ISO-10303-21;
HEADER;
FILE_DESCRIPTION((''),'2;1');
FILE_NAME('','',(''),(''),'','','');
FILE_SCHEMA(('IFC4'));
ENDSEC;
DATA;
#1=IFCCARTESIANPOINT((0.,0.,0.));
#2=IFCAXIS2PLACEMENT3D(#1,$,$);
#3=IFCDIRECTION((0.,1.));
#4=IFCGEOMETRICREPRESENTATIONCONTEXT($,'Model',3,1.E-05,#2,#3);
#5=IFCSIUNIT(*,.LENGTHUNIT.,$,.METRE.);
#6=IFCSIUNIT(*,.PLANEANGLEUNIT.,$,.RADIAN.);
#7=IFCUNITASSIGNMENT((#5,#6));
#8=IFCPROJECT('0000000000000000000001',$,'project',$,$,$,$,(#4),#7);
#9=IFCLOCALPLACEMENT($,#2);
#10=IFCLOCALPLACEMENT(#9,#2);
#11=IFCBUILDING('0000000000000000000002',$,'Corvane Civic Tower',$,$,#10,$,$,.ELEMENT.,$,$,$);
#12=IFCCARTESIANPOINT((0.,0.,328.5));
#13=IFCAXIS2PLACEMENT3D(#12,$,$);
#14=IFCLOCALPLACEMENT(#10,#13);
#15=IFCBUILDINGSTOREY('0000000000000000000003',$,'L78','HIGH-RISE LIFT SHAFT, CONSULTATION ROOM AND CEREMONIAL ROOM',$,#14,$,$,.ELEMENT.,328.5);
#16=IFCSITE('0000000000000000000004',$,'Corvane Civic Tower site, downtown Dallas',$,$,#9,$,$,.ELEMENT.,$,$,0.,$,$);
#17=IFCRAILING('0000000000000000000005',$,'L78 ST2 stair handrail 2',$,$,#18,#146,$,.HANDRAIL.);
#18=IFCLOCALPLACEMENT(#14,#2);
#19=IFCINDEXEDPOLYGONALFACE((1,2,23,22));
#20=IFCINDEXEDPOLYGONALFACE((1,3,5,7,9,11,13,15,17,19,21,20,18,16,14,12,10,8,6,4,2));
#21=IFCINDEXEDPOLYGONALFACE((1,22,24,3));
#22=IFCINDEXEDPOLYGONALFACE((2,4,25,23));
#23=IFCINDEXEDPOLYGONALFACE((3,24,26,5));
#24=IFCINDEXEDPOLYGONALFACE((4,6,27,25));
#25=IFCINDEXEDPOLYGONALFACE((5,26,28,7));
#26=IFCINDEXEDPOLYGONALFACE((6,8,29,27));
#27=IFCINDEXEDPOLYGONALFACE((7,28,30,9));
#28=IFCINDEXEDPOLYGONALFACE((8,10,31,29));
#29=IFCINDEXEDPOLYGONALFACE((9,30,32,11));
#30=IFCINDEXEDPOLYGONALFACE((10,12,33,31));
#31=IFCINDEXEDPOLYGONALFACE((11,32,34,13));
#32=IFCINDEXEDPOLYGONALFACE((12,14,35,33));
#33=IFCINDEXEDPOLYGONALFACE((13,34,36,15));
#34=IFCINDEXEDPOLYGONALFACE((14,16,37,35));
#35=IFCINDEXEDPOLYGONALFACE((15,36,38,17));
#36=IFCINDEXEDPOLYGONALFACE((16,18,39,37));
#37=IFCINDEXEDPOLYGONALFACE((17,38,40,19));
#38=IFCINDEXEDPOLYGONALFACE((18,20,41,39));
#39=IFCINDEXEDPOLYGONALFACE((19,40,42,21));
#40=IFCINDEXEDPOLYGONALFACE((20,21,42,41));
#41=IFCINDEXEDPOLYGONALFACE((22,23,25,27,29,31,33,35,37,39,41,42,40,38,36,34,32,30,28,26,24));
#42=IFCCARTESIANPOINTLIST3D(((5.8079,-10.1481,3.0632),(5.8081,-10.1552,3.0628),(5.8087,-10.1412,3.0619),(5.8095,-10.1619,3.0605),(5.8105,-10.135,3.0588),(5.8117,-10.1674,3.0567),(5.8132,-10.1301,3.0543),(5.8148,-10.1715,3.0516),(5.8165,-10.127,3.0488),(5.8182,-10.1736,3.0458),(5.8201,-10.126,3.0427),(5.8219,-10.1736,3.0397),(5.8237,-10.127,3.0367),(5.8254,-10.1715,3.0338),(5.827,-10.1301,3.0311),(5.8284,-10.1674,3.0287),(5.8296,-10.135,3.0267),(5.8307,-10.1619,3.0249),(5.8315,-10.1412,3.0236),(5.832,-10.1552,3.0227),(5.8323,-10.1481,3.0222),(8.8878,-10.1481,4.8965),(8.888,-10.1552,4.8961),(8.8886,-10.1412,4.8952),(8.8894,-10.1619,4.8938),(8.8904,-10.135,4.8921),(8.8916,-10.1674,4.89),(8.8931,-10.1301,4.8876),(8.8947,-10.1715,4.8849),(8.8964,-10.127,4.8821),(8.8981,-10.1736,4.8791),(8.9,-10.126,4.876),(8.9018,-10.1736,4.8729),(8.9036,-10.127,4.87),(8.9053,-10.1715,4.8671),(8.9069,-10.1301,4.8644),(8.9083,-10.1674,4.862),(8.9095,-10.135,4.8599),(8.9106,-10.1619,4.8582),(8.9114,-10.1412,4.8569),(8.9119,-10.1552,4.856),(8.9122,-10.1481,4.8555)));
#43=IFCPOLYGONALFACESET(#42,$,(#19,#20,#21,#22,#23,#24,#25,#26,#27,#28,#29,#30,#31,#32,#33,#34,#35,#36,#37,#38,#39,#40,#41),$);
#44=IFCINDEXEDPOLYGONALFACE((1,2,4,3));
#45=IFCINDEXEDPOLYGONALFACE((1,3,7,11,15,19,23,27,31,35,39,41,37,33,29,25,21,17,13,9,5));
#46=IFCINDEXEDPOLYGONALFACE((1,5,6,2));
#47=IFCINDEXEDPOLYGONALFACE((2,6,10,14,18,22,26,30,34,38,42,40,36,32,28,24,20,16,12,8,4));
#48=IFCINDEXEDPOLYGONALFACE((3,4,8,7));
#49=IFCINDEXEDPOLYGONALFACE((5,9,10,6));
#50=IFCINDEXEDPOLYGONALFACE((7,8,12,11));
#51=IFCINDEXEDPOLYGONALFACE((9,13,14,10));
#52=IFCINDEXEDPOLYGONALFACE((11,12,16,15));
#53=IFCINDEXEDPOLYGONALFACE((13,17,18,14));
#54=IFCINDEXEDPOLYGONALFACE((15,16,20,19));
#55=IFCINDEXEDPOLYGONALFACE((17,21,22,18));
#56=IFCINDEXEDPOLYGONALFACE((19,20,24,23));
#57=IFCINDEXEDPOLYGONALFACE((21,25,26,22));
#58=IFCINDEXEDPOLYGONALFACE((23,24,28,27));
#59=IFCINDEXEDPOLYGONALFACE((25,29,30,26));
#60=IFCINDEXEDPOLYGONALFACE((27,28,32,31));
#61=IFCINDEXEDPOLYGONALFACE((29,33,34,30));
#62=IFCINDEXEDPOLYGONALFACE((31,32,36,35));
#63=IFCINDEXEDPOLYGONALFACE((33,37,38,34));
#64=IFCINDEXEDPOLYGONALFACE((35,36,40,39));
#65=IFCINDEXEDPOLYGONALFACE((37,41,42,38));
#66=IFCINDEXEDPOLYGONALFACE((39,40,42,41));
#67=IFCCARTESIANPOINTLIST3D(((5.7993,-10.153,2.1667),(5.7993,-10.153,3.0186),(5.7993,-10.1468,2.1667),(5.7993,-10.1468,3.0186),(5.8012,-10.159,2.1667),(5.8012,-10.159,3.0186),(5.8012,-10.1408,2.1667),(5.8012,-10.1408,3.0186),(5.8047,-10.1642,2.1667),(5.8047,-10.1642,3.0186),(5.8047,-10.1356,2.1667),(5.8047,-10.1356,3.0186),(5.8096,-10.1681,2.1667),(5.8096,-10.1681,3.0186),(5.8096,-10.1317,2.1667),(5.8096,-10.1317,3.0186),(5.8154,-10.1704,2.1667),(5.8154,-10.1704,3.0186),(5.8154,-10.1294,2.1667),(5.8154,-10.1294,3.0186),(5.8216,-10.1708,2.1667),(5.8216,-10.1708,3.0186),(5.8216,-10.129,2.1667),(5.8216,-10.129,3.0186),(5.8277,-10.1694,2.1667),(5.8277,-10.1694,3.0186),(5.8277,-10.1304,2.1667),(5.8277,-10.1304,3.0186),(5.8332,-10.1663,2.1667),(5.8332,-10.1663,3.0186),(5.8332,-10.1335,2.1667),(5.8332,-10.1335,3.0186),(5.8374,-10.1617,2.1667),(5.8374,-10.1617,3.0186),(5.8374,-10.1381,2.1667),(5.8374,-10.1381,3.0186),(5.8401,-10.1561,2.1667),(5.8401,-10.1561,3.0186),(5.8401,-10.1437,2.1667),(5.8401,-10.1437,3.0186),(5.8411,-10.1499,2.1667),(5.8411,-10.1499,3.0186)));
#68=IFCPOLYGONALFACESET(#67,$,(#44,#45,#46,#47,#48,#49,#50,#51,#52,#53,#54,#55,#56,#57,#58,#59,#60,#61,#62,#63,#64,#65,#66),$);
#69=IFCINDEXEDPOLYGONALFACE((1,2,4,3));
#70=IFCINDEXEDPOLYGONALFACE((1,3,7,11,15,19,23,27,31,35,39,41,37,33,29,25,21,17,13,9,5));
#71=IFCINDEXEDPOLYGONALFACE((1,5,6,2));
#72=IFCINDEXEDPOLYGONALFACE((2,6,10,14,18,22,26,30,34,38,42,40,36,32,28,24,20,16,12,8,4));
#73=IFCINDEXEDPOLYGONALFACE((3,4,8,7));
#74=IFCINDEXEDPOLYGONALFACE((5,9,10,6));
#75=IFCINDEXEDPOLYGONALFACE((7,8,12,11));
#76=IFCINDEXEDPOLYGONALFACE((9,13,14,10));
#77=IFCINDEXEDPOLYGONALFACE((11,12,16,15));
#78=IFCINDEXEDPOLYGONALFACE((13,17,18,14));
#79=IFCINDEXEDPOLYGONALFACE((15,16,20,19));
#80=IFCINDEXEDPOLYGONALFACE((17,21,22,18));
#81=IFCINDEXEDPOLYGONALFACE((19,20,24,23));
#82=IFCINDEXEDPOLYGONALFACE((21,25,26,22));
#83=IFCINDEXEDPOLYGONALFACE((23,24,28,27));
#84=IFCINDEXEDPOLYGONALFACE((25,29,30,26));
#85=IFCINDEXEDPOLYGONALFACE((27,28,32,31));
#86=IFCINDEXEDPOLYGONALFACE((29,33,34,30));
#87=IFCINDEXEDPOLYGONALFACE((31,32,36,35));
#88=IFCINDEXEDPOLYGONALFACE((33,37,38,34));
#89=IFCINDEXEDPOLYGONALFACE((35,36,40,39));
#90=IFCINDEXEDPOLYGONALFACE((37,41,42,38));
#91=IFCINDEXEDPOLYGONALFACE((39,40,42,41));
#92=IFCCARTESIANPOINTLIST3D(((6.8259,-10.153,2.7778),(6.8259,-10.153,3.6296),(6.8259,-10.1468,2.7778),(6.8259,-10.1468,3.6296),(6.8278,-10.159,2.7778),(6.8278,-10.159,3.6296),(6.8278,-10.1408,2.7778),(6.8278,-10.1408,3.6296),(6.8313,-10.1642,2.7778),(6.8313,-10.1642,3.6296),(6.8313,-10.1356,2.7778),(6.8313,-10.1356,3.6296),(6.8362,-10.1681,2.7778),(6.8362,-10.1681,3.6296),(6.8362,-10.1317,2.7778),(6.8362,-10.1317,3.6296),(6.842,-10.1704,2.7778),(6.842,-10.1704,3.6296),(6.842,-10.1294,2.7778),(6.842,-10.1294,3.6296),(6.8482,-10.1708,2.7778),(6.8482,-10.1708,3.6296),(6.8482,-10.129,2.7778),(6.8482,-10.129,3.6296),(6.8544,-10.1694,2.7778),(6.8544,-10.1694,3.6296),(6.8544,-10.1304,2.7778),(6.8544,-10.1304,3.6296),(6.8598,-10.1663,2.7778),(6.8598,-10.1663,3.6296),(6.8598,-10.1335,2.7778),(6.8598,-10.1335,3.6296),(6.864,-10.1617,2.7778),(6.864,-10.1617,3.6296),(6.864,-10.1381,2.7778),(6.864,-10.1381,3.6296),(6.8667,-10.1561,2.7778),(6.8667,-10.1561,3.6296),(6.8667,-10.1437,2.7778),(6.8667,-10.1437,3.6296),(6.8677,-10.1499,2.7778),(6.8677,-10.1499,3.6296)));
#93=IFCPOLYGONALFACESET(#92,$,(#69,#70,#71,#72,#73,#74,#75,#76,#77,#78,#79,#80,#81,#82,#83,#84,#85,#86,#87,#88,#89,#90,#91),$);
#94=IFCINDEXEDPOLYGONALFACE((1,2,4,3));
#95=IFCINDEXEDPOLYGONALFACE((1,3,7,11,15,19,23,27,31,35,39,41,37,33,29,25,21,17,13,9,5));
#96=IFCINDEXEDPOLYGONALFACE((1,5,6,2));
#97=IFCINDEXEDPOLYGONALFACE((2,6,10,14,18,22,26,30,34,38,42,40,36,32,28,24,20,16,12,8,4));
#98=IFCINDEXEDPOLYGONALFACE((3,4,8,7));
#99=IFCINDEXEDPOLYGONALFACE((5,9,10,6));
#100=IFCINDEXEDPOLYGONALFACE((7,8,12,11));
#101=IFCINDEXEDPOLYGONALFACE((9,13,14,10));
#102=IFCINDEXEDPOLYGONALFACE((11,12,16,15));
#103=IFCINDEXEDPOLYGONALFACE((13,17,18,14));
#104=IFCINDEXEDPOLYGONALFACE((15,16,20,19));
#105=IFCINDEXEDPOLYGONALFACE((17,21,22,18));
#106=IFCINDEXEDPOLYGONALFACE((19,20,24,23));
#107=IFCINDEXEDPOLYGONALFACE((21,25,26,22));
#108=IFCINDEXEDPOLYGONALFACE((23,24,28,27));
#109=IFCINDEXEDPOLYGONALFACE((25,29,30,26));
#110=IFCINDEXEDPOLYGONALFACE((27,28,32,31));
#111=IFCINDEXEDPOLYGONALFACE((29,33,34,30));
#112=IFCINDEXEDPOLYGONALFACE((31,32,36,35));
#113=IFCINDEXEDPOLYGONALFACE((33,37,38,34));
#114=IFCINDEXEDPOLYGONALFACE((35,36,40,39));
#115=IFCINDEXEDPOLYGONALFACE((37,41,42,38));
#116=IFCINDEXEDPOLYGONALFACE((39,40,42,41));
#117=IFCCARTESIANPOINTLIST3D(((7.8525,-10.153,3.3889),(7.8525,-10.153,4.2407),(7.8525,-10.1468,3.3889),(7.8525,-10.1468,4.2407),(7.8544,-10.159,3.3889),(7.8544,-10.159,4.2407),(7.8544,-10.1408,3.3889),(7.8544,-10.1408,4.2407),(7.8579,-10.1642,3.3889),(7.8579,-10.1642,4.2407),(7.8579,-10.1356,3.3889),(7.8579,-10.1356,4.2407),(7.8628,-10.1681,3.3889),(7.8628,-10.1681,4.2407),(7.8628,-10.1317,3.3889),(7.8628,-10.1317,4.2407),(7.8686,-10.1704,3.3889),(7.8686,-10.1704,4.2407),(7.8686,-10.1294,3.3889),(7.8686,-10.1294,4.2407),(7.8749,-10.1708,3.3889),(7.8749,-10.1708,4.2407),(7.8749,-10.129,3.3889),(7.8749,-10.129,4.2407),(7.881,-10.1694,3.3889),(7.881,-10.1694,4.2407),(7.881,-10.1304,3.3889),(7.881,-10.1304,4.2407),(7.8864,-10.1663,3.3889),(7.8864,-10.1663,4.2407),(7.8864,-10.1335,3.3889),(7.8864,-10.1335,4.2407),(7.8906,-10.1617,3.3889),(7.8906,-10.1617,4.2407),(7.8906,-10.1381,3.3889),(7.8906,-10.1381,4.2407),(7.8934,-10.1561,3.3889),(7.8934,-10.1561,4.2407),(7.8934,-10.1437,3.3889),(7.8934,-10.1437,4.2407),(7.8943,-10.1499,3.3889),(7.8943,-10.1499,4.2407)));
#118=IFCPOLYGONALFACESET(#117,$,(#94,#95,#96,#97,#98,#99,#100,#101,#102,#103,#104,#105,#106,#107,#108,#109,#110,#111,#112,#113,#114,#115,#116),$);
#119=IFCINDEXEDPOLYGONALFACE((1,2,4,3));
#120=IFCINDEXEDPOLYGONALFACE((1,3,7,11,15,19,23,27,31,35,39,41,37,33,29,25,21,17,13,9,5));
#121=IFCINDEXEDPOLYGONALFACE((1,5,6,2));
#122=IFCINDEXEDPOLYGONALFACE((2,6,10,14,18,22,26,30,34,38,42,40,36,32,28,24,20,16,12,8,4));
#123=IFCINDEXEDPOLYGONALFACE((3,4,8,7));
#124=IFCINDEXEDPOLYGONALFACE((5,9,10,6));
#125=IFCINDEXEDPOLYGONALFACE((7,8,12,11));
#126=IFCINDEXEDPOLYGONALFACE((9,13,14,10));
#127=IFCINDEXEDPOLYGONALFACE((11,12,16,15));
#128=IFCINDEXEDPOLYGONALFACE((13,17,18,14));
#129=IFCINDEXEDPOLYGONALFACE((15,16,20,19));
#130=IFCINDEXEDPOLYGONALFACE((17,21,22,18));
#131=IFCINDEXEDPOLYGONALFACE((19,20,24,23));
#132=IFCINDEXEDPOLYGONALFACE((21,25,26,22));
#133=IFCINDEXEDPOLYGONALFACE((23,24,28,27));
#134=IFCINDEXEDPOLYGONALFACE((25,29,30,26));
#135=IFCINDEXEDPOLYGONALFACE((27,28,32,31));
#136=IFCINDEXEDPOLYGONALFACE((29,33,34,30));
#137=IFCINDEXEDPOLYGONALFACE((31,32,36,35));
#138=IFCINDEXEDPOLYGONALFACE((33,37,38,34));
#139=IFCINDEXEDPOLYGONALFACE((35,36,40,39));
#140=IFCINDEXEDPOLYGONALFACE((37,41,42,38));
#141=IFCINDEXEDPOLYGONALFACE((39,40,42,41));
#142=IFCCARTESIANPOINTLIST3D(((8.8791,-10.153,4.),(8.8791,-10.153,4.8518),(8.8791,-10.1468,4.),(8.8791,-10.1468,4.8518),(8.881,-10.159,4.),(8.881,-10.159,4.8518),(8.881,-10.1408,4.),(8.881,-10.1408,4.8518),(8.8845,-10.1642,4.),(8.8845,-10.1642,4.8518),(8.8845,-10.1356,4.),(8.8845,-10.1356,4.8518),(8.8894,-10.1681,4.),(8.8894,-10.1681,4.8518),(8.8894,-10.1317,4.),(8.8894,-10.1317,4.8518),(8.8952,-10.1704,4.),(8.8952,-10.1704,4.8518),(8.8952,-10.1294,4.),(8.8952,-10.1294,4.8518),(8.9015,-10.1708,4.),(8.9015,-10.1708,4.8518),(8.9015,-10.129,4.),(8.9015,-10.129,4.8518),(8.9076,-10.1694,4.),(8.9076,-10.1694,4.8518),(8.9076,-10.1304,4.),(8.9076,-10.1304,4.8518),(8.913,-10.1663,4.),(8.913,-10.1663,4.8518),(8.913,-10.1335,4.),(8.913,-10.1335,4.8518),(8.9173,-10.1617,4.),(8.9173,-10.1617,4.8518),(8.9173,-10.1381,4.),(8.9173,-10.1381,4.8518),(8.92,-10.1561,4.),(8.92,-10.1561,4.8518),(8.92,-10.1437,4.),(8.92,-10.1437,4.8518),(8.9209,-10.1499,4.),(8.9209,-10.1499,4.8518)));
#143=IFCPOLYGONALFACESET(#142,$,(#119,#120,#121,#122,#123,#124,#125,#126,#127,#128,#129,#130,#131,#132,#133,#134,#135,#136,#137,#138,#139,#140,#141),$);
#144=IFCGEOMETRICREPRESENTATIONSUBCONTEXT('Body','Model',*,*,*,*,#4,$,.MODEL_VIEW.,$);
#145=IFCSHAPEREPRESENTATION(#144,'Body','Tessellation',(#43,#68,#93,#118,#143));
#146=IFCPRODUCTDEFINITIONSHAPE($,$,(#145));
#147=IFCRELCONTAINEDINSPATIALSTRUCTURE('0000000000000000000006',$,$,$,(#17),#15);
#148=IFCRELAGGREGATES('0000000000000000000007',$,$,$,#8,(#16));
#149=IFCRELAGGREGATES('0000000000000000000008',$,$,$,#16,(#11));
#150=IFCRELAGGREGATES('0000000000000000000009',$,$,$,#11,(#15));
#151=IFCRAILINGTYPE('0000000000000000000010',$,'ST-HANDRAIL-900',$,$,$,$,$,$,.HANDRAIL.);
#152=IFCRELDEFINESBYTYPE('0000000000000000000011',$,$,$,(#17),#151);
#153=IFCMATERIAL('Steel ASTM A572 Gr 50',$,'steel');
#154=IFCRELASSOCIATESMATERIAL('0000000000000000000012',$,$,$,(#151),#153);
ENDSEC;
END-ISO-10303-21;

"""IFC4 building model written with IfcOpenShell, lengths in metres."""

from ifc_helpers import new_model, si_unit, direction, frame, origin, origin_2d, place, context, subcontext, project, spatial, circle, extrude, material, type_object, element, save


model = new_model("IFC4")

# Units and contexts
model_context = context("Model", 3, precision=1e-05, world=origin(), true_north=direction((0.0, 1.0)))
body_context = subcontext(model_context, "Body", "Model", "MODEL_VIEW")
ifc_project = project(units=[si_unit("LENGTHUNIT", "METRE"), si_unit("PLANEANGLEUNIT", "RADIAN")], contexts=[model_context])

# Site, building, storey
site_placement = place(None, origin())
site = spatial("IfcSite", under=ifc_project, at=site_placement, Name="Corvane Civic Tower site, downtown Dallas", CompositionType="ELEMENT", RefElevation=0.0)
building_placement = place(site_placement, origin())
building = spatial("IfcBuilding", under=site, at=building_placement, Name="Corvane Civic Tower", CompositionType="ELEMENT")
storey_placement = place(building_placement, frame((0.0, 0.0, 328.5)))
storey = spatial("IfcBuildingStorey", under=building, at=storey_placement, Name="L78", Description="HIGH-RISE LIFT SHAFT, CONSULTATION ROOM AND CEREMONIAL ROOM", CompositionType="ELEMENT", Elevation=328.5)

# Railing
ifc_material_1 = material(Name="Steel ASTM A572 Gr 50", Category="steel")
railing_type_1 = type_object("IfcRailingType", Name="ST-HANDRAIL-900", PredefinedType="HANDRAIL", material=ifc_material_1)
railing_1_placement = place(storey_placement, frame((5.8201, -10.1499, 2.1667)))
element("IfcRailing", 1, at=railing_1_placement, inside=storey, type_object=railing_type_1, Name="L78 ST2 stair handrail 2", PredefinedType="HANDRAIL", context=body_context, shape_type="SweptSolid", body=[
    extrude(circle(Radius=0.0239, at=origin_2d()), frame((0.0, 0.0, 0.876), z_axis=(0.859291, 0.0, 0.511487), x_axis=(0.0, 1.0, 0.0)), (0.0, 0.0, 1.0), 3.5842),
    extrude(circle(Radius=0.021, at=origin_2d()), origin(), (0.0, 0.0, 1.0), 0.8518),
    extrude(circle(Radius=0.021, at=origin_2d()), frame((1.0266, 0.0, 0.6111)), (0.0, 0.0, 1.0), 0.8518),
    extrude(circle(Radius=0.021, at=origin_2d()), frame((2.0532, 0.0, 1.2222)), (0.0, 0.0, 1.0), 0.8518),
    extrude(circle(Radius=0.021, at=origin_2d()), frame((3.0798, 0.0, 1.8333)), (0.0, 0.0, 1.0), 0.8518),
])

save(model, "model.ifc")
